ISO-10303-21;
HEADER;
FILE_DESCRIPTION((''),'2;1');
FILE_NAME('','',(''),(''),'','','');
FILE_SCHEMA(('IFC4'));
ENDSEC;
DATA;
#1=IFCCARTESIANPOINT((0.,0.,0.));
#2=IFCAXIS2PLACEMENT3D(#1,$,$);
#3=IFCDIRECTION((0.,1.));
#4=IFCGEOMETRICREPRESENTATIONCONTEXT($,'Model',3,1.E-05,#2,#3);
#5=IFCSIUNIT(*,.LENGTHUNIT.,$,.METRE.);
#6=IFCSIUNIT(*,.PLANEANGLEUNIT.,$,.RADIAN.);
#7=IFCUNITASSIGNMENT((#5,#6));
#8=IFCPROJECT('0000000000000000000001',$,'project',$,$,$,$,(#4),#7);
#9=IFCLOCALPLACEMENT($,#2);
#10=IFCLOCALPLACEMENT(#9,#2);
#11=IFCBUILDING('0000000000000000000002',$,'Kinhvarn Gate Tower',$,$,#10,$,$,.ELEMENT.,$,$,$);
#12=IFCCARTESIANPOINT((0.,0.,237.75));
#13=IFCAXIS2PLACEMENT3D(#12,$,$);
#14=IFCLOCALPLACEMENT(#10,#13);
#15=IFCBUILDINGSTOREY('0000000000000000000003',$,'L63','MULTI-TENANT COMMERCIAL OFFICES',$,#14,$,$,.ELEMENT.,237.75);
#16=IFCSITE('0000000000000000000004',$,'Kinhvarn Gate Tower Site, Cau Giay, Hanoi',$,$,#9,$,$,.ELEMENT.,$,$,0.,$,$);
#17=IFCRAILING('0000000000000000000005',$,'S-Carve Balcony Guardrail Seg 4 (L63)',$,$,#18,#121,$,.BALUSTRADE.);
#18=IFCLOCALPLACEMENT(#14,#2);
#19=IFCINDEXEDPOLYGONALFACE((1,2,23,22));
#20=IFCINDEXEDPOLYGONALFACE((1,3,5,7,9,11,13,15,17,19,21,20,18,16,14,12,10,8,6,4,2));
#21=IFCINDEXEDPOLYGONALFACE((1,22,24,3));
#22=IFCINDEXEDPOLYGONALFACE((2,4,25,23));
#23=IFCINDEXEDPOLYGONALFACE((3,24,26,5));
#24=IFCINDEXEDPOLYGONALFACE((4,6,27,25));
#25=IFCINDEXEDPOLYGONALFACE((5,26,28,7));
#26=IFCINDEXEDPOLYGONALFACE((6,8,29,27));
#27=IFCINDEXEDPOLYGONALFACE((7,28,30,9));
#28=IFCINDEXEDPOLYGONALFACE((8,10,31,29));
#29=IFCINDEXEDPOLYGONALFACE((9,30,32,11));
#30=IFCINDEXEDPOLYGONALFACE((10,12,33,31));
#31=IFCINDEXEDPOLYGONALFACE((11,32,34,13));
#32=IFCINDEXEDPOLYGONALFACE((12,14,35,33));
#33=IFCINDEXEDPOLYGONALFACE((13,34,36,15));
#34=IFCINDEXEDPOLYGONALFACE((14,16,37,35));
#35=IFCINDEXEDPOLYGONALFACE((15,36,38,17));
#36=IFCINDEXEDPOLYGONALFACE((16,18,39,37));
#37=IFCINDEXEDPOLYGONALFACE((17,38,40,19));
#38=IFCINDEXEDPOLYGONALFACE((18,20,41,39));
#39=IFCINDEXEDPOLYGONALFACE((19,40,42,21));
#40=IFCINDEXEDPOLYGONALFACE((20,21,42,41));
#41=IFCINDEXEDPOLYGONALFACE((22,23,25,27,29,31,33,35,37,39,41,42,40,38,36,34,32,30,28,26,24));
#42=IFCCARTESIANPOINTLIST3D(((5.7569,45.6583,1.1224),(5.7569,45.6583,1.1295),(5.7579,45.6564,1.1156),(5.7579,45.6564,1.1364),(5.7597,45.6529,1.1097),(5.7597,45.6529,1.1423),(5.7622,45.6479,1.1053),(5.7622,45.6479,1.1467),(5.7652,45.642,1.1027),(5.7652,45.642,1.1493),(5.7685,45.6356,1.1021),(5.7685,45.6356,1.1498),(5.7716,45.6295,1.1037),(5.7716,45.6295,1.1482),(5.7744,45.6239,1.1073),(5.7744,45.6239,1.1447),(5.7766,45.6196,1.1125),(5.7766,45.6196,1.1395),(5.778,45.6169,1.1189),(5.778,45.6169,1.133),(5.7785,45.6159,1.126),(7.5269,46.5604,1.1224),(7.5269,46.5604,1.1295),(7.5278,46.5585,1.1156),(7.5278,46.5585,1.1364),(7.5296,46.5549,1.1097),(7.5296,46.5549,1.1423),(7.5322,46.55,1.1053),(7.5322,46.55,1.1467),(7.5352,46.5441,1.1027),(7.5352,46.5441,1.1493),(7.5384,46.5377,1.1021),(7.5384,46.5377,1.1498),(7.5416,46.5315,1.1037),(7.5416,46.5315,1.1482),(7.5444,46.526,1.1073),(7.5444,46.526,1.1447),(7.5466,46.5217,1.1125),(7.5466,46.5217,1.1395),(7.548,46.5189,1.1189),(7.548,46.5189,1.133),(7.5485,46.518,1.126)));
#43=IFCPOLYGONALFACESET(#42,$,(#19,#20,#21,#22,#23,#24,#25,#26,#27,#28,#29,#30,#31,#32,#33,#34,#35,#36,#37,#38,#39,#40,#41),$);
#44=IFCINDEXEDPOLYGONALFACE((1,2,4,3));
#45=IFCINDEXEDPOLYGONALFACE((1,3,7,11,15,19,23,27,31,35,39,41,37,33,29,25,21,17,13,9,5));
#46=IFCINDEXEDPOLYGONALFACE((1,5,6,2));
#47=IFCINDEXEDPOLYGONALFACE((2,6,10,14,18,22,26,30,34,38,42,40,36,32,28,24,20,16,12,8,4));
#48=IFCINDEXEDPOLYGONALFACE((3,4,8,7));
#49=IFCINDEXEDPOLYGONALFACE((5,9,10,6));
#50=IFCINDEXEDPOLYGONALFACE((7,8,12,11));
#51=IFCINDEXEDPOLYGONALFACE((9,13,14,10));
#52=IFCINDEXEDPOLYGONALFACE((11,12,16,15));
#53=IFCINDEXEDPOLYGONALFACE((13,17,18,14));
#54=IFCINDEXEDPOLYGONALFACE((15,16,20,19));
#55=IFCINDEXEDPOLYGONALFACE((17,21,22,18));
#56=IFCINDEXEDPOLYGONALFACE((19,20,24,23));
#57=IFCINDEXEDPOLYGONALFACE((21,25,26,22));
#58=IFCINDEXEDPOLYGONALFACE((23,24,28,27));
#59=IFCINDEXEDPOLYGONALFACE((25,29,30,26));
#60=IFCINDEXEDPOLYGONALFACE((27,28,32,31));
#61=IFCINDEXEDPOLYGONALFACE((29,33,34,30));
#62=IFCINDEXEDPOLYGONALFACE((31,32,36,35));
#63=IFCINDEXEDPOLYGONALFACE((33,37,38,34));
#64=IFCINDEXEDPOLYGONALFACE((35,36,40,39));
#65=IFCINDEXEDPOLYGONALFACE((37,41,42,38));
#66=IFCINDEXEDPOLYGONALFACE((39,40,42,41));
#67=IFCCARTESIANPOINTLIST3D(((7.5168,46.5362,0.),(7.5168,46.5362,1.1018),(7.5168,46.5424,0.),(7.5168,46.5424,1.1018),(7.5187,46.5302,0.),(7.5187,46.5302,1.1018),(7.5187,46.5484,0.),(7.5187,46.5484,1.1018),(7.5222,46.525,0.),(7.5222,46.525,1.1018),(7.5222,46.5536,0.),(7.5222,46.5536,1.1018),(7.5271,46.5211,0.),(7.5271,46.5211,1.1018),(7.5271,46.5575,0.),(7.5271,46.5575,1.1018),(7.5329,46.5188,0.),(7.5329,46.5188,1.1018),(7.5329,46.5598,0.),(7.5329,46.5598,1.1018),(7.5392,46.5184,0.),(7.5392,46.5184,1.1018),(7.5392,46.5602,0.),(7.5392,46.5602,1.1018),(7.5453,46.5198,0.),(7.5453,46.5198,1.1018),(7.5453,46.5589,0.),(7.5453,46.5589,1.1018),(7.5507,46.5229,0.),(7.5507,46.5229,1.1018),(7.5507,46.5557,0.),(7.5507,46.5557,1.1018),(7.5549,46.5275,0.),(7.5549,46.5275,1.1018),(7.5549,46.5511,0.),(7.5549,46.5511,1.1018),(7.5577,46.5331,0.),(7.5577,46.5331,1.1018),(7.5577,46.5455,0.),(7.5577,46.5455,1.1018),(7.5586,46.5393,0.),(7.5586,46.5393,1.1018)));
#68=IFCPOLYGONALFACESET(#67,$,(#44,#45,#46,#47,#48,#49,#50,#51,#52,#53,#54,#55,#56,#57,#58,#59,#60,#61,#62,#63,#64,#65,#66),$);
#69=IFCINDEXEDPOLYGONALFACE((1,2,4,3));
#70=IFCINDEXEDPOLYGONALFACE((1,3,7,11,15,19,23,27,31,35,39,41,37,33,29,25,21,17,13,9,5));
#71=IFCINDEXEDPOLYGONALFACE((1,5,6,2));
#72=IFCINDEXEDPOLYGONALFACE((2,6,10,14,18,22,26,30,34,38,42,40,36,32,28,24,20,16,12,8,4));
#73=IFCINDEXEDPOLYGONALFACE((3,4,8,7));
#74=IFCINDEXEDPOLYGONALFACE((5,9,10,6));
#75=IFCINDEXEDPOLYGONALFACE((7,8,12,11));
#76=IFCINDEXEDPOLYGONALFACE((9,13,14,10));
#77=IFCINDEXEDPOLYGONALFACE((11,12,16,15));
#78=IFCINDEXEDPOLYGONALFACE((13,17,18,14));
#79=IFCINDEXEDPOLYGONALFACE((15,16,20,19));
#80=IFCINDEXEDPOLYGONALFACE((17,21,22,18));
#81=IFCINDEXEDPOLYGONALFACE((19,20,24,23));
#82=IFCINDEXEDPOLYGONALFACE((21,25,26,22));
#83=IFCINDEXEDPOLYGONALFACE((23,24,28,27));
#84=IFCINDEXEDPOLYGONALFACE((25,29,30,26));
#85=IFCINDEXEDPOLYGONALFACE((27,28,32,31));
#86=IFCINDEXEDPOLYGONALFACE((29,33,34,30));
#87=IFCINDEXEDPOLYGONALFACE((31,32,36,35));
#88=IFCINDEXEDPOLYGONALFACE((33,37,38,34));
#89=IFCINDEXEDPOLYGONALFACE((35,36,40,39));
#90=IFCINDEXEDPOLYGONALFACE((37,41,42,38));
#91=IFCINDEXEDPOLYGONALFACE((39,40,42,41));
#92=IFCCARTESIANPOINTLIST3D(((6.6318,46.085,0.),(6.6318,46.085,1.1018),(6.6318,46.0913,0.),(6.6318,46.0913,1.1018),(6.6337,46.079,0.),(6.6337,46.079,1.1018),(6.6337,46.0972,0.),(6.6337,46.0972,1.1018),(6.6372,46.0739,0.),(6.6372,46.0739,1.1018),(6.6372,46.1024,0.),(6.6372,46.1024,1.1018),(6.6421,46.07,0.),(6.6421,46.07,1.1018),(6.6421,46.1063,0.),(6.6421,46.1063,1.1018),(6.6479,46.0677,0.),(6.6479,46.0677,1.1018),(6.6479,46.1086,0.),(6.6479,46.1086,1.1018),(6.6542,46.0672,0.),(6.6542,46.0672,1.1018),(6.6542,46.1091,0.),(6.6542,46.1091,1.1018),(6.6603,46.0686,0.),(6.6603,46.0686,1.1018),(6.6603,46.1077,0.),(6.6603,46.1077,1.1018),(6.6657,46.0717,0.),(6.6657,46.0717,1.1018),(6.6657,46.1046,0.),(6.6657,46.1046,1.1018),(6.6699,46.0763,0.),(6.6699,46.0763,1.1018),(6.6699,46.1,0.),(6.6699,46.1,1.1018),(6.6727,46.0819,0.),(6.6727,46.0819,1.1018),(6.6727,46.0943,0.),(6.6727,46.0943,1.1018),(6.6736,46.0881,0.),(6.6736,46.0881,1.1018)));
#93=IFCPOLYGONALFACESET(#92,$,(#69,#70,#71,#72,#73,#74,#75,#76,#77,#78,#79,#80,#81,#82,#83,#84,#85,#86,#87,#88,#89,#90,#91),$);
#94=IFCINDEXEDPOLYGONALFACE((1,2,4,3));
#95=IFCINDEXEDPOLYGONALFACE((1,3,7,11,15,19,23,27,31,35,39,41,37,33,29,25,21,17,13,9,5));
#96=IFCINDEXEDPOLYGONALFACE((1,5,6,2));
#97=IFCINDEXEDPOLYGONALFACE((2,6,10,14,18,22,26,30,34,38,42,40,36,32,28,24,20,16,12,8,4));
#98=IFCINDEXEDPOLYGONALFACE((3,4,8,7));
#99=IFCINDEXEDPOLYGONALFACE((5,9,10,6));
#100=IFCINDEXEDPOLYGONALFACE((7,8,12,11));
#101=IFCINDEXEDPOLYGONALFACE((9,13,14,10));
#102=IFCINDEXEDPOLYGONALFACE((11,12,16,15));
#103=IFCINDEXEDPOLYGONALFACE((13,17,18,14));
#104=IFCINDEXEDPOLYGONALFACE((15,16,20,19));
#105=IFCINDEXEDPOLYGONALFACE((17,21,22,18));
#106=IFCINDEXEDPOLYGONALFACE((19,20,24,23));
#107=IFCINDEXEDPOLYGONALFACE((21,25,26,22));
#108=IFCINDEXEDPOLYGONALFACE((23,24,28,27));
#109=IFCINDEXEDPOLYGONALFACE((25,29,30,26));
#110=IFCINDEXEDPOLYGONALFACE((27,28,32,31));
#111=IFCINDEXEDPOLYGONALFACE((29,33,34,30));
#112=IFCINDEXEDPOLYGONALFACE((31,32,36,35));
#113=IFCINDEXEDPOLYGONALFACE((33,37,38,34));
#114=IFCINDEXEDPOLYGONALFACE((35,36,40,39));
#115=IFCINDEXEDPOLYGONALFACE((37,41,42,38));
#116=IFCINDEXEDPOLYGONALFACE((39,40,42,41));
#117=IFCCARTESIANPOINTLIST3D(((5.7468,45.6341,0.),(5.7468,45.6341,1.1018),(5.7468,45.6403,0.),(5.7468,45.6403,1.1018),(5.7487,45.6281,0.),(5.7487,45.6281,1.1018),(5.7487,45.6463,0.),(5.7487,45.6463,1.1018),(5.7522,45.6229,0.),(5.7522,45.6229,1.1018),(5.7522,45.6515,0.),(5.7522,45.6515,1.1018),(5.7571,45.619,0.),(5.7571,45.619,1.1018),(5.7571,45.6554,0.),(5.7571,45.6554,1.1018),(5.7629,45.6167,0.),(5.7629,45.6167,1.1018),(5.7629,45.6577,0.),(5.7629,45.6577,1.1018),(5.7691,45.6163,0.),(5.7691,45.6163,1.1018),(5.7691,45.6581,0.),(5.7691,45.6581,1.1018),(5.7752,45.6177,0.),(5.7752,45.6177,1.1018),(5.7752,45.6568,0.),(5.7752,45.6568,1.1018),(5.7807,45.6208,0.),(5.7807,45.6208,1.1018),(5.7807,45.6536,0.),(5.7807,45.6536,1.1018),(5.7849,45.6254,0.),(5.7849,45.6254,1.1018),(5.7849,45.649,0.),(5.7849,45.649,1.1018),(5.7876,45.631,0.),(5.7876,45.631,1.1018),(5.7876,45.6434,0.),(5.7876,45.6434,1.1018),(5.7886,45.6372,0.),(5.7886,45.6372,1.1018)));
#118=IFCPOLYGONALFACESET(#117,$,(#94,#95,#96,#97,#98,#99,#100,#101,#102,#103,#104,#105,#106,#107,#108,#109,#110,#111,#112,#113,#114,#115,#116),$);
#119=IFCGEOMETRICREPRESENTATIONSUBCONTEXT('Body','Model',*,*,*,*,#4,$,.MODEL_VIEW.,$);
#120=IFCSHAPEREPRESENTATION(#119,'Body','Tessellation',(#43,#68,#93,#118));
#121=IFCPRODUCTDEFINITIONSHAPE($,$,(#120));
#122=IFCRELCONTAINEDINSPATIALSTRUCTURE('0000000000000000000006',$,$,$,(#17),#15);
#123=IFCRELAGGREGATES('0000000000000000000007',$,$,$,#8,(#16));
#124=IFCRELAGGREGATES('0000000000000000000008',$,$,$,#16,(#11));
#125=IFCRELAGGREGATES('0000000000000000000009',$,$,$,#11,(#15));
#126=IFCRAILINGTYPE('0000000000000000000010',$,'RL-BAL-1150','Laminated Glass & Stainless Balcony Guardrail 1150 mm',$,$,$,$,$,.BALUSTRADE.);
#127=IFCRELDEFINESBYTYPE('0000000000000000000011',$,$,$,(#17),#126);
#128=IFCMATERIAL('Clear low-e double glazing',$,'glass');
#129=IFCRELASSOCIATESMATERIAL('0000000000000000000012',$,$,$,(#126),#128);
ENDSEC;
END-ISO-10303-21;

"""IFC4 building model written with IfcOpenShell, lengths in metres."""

from ifc_helpers import new_model, si_unit, direction, frame, origin, origin_2d, place, context, subcontext, project, spatial, circle, extrude, material, type_object, element, save


model = new_model("IFC4")

# Units and contexts
model_context = context("Model", 3, precision=1e-05, world=origin(), true_north=direction((0.0, 1.0)))
body_context = subcontext(model_context, "Body", "Model", "MODEL_VIEW")
ifc_project = project(units=[si_unit("LENGTHUNIT", "METRE"), si_unit("PLANEANGLEUNIT", "RADIAN")], contexts=[model_context])

# Site, building, storey
site_placement = place(None, origin())
site = spatial("IfcSite", under=ifc_project, at=site_placement, Name="Kinhvarn Gate Tower Site, Cau Giay, Hanoi", CompositionType="ELEMENT", RefElevation=0.0)
building_placement = place(site_placement, origin())
building = spatial("IfcBuilding", under=site, at=building_placement, Name="Kinhvarn Gate Tower", CompositionType="ELEMENT")
storey_placement = place(building_placement, frame((0.0, 0.0, 237.75)))
storey = spatial("IfcBuildingStorey", under=building, at=storey_placement, Name="L63", Description="MULTI-TENANT COMMERCIAL OFFICES", CompositionType="ELEMENT", Elevation=237.75)

# Shared definitions
ifc_material_1 = material(Name="Clear low-e double glazing", Category="glass")

# Railing
railing_type = type_object("IfcRailingType", Name="RL-BAL-1150", Description="Laminated Glass & Stainless Balcony Guardrail 1150 mm", PredefinedType="BALUSTRADE", material=ifc_material_1)
railing_1_placement = place(storey_placement, frame((7.5376, 46.5393, 0.0)))
element("IfcRailing", 1, at=railing_1_placement, inside=storey, type_object=railing_type, Name="S-Carve Balcony Guardrail Seg 4 (L63)", PredefinedType="BALUSTRADE", context=body_context, shape_type="SweptSolid", body=[
    extrude(circle(Radius=0.0239, at=origin_2d()), frame((0.0, 0.0, 1.126), z_axis=(-0.89096, -0.454082, 0.0), x_axis=(0.454082, -0.89096, 0.0)), (0.0, 0.0, 1.0), 1.9866),
    extrude(circle(Radius=0.021, at=origin_2d()), origin(), (0.0, 0.0, 1.0), 1.1018),
    extrude(circle(Radius=0.021, at=origin_2d()), frame((-0.885, -0.4512, 0.0)), (0.0, 0.0, 1.0), 1.1018),
    extrude(circle(Radius=0.021, at=origin_2d()), frame((-1.77, -0.9021, 0.0)), (0.0, 0.0, 1.0), 1.1018),
])

save(model, "model.ifc")
